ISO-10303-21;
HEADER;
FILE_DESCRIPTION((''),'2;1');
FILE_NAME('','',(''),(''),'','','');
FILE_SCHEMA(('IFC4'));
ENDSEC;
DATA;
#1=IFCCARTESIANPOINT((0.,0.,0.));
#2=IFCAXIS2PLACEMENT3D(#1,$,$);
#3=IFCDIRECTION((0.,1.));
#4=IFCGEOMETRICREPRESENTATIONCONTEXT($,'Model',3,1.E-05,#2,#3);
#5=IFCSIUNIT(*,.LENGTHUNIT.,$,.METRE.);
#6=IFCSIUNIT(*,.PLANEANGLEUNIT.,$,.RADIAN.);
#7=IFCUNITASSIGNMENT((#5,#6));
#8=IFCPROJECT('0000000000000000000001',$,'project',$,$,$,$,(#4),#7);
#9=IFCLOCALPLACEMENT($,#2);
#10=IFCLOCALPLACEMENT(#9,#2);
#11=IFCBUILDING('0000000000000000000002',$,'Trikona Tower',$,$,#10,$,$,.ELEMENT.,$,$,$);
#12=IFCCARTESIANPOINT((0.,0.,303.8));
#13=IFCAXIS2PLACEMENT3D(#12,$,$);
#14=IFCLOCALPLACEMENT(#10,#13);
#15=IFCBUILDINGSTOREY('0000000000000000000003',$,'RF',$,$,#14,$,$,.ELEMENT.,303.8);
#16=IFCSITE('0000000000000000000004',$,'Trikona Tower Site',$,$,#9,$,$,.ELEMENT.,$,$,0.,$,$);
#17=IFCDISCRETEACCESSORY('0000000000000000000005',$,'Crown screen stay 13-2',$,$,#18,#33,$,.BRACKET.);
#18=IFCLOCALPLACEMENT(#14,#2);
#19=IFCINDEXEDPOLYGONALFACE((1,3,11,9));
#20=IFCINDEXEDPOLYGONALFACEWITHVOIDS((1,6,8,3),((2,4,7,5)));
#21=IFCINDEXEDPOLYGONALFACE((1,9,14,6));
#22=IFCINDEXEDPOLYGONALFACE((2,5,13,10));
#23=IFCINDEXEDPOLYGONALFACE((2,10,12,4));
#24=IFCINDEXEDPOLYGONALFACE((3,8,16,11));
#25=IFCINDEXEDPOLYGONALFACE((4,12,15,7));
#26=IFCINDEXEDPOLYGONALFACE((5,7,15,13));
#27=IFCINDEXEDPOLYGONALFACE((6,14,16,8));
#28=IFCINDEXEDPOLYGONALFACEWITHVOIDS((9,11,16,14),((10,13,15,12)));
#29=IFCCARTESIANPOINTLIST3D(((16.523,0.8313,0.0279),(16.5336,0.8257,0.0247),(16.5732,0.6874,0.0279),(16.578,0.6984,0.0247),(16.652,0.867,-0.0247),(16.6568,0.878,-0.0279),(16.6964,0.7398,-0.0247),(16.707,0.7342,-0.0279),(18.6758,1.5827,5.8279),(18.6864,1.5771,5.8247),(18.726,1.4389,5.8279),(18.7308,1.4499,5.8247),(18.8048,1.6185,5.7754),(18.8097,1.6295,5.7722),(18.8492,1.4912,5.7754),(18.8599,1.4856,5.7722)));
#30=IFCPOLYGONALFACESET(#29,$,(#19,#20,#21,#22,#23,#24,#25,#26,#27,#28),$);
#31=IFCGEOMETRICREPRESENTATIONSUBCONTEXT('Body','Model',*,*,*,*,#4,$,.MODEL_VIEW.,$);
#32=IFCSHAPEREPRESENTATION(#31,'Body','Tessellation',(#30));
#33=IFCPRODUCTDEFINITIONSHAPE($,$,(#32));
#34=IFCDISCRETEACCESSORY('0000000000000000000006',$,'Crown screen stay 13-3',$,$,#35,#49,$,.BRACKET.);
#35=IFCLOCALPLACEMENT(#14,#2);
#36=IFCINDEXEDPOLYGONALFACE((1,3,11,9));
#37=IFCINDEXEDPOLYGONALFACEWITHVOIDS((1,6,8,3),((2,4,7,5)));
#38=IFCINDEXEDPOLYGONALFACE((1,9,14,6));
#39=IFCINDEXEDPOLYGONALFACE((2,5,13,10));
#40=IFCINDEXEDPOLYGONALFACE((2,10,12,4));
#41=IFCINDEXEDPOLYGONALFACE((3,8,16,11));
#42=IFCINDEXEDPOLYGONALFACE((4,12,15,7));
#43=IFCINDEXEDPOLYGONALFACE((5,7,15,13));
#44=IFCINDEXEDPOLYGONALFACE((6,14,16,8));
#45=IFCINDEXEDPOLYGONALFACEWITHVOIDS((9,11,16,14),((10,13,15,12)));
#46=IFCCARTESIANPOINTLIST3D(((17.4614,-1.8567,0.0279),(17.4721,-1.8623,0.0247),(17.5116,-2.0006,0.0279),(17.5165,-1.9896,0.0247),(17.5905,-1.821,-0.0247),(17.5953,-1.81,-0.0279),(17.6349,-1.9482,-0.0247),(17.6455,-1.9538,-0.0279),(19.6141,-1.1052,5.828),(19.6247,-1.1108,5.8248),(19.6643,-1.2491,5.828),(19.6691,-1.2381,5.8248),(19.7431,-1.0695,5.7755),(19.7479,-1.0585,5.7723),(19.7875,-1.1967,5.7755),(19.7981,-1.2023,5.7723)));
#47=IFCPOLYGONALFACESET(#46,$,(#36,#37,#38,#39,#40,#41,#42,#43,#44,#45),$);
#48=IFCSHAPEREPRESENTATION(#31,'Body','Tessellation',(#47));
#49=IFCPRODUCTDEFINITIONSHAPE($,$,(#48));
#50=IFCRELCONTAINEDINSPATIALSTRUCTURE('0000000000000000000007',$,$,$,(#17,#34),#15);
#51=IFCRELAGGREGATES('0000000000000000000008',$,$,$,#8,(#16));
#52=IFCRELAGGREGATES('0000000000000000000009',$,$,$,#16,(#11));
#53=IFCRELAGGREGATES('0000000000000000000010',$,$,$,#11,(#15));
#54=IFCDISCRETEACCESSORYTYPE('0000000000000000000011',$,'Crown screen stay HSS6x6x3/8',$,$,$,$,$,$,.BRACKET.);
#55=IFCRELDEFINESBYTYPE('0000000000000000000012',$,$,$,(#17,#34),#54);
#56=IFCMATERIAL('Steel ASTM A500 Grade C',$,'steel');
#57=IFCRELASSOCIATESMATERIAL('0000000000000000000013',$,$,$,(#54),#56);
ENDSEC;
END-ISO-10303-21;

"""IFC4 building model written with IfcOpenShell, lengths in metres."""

from ifc_helpers import new_model, si_unit, direction, frame, origin, origin_2d, place, context, subcontext, project, spatial, hollow_rectangle, extrude, material, material_profile, profile_set, type_object, element, save


model = new_model("IFC4")

# Units and contexts
model_context = context("Model", 3, precision=1e-05, world=origin(), true_north=direction((0.0, 1.0)))
body_context = subcontext(model_context, "Body", "Model", "MODEL_VIEW")
ifc_project = project(units=[si_unit("LENGTHUNIT", "METRE"), si_unit("PLANEANGLEUNIT", "RADIAN")], contexts=[model_context])

# Site, building, storey
site_placement = place(None, origin())
site = spatial("IfcSite", under=ifc_project, at=site_placement, Name="Trikona Tower Site", CompositionType="ELEMENT", RefElevation=0.0)
building_placement = place(site_placement, origin())
building = spatial("IfcBuilding", under=site, at=building_placement, Name="Trikona Tower", CompositionType="ELEMENT")
storey_placement = place(building_placement, frame((0.0, 0.0, 303.8)))
storey = spatial("IfcBuildingStorey", under=building, at=storey_placement, Name="RF", CompositionType="ELEMENT", Elevation=303.8)

# Discrete accessories
ifc_material_1 = material(Name="Steel ASTM A500 Grade C", Category="steel")
ifc_material_profile = material_profile(ifc_material_1, hollow_rectangle(XDim=0.1523, YDim=0.1523, WallThickness=0.0088, at=origin_2d()), Name="HSS6X6X3/8")
ifc_profile_set = profile_set([ifc_material_profile], Name="Steel ASTM A500 Grade C")
discrete_accessory_type_1 = type_object("IfcDiscreteAccessoryType", Name="Crown screen stay HSS6x6x3/8", PredefinedType="BRACKET", material=ifc_profile_set)
for number, where, z_axis, x_axis, name in (
    (1, (16.615, 0.7827, 0.0), (0.345439, 0.120578, 0.930663), (-0.329559, 0.944135, 0.0), "Crown screen stay 13-2"),
    (2, (17.5535, -1.9053, 0.0), (0.345404, 0.12058, 0.930675), (-0.329592, 0.944123, 0.0), "Crown screen stay 13-3"),
):
    element("IfcDiscreteAccessory", number, at=place(storey_placement, frame(where, z_axis=z_axis, x_axis=x_axis)), inside=storey, type_object=discrete_accessory_type_1, Name=name, PredefinedType="BRACKET", context=body_context, shape_type="SweptSolid", body=[
        extrude(hollow_rectangle(XDim=0.1523, YDim=0.1523, WallThickness=0.0088, at=origin_2d()), origin(), (0.0, 0.0, 1.0), 6.2322),
    ])

save(model, "model.ifc")
